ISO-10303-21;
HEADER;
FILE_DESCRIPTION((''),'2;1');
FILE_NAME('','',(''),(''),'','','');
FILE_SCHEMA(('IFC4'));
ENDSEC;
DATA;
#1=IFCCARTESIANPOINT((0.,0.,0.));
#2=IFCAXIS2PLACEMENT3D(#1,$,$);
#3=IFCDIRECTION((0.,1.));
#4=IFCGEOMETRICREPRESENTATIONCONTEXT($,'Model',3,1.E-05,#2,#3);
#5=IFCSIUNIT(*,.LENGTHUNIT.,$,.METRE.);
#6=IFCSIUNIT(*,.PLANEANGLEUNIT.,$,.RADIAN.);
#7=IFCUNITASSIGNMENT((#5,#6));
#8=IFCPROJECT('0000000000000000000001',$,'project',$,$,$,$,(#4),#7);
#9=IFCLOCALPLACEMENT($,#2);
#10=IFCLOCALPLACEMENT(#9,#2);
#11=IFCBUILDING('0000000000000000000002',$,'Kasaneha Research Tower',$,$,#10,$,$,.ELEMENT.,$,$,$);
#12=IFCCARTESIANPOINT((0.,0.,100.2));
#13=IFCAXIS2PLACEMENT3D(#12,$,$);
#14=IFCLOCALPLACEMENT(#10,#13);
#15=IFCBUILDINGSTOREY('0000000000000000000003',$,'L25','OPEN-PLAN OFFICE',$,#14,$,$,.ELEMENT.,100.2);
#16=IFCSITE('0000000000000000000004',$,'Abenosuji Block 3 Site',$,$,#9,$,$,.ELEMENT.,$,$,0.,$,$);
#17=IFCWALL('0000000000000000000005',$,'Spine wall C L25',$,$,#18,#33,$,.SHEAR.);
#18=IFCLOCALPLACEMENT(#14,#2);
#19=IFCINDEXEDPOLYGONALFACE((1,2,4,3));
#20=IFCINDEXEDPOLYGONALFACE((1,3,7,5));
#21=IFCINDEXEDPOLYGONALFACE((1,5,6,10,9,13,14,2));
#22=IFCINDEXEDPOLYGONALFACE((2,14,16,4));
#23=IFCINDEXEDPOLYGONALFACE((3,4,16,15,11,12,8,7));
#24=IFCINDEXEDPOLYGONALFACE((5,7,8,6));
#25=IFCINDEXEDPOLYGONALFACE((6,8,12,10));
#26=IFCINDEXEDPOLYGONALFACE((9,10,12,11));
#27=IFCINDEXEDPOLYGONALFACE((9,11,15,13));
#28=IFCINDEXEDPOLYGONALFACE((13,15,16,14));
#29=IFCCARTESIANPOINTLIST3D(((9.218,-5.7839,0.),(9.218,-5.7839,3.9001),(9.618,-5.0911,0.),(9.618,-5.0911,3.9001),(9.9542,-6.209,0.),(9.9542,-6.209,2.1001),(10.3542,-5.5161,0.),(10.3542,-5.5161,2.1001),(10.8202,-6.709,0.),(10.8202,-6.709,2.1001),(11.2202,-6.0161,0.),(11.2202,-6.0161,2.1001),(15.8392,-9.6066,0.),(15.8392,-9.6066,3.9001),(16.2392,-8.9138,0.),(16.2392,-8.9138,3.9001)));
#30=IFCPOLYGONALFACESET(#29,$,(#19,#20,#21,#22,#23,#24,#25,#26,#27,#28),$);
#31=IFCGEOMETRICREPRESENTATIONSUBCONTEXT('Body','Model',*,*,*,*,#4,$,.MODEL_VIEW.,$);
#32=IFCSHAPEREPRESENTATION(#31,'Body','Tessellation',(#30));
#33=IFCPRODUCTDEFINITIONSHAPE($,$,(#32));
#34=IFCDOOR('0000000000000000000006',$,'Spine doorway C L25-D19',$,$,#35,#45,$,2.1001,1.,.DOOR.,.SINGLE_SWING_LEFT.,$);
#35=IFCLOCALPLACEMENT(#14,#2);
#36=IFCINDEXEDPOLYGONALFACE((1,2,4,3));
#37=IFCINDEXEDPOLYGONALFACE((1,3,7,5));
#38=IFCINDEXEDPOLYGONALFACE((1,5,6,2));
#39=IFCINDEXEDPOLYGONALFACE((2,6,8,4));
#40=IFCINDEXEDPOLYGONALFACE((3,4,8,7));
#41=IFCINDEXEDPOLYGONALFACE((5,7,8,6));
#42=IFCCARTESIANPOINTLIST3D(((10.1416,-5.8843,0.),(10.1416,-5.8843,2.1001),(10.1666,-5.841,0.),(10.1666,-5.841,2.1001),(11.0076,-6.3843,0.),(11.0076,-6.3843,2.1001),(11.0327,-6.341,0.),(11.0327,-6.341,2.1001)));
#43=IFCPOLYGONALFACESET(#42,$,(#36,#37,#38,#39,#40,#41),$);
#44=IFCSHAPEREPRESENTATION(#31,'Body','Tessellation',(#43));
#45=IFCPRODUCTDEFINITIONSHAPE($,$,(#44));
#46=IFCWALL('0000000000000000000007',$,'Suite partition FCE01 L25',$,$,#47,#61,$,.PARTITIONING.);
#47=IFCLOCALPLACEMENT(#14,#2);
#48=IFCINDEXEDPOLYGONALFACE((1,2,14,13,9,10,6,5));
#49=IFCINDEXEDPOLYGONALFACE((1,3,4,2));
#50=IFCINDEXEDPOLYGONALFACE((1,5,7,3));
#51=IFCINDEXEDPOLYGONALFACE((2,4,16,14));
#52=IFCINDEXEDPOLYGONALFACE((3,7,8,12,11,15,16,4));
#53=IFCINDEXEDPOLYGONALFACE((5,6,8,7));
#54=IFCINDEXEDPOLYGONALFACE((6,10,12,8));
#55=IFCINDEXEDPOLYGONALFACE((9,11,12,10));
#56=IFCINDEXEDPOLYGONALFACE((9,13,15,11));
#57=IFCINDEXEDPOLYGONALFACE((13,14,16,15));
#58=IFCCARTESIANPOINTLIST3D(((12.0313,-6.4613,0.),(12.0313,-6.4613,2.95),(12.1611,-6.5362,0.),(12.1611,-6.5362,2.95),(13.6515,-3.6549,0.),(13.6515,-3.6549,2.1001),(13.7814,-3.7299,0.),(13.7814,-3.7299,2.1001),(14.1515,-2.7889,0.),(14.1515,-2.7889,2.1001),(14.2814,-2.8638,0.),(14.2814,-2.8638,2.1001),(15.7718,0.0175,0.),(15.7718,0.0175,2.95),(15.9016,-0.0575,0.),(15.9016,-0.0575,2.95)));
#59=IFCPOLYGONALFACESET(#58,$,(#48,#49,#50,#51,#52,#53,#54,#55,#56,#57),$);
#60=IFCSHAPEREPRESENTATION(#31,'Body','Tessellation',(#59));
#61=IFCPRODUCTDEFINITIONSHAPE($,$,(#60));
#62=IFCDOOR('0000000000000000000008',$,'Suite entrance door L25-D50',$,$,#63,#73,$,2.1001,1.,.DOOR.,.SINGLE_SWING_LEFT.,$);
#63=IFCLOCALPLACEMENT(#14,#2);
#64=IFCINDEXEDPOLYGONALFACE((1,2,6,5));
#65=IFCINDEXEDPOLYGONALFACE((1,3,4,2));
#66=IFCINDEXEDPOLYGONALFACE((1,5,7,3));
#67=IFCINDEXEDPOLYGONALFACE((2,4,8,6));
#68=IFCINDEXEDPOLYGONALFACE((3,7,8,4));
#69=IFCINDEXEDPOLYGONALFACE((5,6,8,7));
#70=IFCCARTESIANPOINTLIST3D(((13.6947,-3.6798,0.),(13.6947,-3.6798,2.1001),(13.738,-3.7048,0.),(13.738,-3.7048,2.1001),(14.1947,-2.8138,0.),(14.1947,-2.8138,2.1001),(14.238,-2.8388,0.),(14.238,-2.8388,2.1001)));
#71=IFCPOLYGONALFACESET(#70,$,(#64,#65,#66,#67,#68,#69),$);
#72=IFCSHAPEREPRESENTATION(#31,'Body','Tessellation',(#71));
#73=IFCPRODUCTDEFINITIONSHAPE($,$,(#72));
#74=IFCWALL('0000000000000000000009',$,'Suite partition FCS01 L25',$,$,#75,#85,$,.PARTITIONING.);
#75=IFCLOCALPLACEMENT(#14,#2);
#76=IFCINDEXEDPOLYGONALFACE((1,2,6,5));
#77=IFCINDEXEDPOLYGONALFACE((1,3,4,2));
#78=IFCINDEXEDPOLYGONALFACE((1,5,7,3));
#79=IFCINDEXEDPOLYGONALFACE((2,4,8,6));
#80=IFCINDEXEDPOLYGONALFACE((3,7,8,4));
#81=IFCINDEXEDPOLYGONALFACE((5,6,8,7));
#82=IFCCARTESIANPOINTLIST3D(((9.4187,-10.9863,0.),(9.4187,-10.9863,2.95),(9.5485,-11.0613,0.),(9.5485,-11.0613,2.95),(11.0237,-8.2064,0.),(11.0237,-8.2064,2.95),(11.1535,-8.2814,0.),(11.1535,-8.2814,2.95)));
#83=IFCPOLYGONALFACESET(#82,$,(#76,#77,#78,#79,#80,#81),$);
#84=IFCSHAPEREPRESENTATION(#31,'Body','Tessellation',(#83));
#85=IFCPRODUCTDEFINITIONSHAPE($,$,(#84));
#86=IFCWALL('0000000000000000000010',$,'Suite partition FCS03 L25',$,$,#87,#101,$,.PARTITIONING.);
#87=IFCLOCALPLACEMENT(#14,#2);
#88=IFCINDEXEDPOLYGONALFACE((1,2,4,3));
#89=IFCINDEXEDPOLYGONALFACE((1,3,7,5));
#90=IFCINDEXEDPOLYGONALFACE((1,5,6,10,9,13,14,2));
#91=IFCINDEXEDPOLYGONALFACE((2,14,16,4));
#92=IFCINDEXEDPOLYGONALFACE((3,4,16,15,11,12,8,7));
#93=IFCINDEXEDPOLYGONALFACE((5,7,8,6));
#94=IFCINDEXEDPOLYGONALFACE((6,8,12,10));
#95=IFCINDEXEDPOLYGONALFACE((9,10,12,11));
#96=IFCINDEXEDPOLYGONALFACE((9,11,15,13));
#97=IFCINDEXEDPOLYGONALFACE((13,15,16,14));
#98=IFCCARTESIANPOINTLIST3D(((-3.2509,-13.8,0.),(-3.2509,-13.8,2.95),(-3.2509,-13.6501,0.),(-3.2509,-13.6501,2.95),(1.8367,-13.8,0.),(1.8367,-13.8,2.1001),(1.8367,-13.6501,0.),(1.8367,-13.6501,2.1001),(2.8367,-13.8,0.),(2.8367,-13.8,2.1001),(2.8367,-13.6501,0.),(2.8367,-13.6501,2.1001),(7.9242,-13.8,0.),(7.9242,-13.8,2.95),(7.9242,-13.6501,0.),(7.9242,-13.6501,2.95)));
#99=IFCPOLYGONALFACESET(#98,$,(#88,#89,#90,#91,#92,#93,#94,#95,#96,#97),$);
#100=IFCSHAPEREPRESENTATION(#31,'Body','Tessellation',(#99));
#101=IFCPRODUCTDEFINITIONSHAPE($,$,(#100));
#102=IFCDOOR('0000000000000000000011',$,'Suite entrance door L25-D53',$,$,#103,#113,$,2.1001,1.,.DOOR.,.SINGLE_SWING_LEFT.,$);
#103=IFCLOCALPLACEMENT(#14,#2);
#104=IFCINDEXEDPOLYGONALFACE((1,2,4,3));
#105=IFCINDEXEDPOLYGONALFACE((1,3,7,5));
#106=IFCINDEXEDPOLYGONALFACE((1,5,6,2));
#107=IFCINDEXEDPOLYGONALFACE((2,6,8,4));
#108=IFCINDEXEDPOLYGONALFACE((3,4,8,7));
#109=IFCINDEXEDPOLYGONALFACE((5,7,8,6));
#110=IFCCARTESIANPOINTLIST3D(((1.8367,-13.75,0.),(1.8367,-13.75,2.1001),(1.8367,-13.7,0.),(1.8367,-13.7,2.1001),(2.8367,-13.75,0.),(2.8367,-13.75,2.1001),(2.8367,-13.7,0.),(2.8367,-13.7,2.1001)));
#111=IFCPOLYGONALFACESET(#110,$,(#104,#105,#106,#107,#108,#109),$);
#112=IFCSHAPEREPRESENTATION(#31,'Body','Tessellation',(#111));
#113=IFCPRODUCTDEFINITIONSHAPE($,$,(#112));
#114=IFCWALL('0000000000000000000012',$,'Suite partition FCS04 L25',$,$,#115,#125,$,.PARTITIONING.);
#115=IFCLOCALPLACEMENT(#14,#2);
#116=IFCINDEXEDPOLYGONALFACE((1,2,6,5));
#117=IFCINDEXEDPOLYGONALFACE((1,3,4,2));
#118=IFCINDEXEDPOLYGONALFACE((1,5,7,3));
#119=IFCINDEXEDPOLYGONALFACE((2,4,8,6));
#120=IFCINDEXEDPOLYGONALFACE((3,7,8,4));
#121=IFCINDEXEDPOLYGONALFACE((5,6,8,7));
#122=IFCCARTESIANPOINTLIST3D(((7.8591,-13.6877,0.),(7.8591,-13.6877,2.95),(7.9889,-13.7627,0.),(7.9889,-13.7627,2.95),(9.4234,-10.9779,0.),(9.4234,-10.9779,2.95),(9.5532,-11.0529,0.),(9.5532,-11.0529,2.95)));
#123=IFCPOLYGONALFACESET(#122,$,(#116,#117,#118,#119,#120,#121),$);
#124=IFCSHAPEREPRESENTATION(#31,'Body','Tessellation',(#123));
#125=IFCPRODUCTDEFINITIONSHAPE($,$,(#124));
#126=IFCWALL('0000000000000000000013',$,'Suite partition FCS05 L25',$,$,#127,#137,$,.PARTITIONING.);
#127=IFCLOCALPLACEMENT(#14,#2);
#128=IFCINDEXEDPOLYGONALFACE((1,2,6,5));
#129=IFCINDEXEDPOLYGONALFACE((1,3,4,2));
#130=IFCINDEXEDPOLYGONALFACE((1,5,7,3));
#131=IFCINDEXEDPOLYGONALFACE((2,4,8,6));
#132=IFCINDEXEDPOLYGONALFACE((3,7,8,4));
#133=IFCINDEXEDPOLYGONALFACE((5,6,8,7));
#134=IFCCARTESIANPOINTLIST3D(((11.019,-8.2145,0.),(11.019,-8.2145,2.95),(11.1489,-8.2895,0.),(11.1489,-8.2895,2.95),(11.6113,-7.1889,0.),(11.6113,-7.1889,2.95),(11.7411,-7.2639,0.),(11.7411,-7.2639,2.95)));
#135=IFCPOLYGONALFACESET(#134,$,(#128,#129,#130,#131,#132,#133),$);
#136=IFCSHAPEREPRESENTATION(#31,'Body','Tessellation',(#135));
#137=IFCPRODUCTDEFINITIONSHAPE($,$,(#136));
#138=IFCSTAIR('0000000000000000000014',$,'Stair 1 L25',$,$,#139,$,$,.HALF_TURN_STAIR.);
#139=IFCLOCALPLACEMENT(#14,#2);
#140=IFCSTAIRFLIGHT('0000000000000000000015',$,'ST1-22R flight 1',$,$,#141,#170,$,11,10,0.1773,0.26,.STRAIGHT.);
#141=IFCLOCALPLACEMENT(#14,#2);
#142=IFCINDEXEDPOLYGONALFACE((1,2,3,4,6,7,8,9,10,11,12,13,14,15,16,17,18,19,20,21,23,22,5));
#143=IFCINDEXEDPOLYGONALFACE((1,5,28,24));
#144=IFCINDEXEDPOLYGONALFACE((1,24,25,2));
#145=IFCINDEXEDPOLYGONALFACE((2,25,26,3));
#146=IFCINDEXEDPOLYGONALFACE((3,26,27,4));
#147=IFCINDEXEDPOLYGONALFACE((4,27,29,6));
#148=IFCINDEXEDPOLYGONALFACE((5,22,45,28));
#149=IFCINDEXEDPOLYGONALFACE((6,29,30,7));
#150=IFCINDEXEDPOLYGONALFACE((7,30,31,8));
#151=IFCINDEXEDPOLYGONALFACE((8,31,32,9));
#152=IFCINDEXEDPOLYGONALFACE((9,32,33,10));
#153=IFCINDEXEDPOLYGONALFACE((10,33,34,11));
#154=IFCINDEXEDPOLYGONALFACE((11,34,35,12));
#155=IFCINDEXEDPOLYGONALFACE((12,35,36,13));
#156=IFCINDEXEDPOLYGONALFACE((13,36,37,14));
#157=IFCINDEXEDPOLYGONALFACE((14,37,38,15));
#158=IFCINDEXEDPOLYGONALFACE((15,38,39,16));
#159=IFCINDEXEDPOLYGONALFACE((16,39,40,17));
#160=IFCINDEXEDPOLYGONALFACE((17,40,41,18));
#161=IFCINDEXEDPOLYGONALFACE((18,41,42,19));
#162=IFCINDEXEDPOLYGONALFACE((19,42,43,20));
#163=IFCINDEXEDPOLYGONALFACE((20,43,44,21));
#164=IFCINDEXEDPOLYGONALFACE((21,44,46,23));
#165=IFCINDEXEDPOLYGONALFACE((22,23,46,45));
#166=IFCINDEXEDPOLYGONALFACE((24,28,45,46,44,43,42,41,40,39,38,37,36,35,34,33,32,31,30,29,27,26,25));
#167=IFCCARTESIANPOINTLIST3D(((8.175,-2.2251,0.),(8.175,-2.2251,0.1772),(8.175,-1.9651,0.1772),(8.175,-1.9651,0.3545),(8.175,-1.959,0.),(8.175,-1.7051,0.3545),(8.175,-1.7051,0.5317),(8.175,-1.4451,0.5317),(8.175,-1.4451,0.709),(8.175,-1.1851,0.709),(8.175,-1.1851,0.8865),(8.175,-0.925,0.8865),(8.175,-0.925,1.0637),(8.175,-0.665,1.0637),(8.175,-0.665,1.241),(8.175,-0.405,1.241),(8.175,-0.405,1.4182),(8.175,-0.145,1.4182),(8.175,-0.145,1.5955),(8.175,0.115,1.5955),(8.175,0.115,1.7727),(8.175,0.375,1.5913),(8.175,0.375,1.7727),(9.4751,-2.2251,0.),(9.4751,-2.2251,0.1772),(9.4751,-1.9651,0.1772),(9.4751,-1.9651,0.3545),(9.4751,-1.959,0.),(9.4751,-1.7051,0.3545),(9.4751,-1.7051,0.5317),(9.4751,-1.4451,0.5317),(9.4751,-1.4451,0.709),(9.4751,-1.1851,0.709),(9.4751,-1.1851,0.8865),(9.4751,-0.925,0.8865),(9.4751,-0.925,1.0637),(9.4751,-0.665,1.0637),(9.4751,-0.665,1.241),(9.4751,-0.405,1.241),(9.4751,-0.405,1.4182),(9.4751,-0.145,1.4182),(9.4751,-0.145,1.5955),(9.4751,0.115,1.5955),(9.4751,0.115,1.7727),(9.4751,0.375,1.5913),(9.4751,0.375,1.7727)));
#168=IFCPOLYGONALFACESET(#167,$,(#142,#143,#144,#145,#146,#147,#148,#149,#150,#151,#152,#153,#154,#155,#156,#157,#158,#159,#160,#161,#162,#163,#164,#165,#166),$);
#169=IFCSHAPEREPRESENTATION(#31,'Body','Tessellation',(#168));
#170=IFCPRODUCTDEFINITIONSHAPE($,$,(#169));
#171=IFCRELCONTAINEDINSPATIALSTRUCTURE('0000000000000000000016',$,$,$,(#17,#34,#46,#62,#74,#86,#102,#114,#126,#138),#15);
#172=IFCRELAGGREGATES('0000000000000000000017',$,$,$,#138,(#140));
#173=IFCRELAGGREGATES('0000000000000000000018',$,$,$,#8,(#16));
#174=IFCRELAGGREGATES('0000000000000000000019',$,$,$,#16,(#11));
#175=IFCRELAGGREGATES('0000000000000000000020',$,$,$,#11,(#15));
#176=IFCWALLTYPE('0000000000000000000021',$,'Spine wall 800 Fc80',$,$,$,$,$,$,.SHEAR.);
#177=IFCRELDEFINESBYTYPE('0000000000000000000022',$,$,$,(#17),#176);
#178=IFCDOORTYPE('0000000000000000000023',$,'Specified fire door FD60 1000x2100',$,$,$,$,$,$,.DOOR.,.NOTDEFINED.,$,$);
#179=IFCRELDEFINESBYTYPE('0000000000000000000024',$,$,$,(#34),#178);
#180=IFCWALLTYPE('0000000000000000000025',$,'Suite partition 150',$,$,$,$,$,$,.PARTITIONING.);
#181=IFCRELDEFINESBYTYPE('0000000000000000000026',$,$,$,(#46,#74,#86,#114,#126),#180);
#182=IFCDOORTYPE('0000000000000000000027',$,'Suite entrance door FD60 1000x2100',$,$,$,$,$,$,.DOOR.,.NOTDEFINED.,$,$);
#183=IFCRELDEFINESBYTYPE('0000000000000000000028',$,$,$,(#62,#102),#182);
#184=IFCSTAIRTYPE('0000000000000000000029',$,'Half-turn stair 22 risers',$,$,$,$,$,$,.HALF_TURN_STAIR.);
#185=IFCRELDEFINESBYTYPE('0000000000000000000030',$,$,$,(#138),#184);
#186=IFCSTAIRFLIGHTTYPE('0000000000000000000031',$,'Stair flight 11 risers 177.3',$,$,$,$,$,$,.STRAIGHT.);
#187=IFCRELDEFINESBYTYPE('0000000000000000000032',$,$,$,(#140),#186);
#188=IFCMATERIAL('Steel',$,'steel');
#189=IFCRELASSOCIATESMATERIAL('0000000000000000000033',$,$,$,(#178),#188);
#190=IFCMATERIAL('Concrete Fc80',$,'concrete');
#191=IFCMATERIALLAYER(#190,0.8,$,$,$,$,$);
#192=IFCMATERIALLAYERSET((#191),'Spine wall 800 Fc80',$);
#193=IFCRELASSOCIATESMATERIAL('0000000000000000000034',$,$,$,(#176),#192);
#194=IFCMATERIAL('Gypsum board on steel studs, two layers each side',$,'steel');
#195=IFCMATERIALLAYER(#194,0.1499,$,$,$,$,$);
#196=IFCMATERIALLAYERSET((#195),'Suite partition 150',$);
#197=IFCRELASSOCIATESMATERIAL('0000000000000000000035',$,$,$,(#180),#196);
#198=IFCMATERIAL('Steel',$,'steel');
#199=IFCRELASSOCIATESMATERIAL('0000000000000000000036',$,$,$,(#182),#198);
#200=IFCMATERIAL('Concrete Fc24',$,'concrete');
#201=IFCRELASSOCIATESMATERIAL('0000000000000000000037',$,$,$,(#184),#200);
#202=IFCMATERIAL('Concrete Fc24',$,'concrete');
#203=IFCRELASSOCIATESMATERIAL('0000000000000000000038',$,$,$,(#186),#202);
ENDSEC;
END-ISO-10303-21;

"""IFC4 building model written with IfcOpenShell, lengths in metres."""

from ifc_helpers import new_model, si_unit, direction, frame, frame_2d, origin, place, context, subcontext, project, spatial, polyline, rectangle, outline, extrude, material, layer, layer_set, type_object, element, fill, aggregate, save


model = new_model("IFC4")

# Units and contexts
model_context = context("Model", 3, precision=1e-05, world=origin(), true_north=direction((0.0, 1.0)))
body_context = subcontext(model_context, "Body", "Model", "MODEL_VIEW")
ifc_project = project(units=[si_unit("LENGTHUNIT", "METRE"), si_unit("PLANEANGLEUNIT", "RADIAN")], contexts=[model_context])

# Site, building, storey
site_placement = place(None, origin())
site = spatial("IfcSite", under=ifc_project, at=site_placement, Name="Abenosuji Block 3 Site", CompositionType="ELEMENT", RefElevation=0.0)
building_placement = place(site_placement, origin())
building = spatial("IfcBuilding", under=site, at=building_placement, Name="Kasaneha Research Tower", CompositionType="ELEMENT")
storey_placement = place(building_placement, frame((0.0, 0.0, 100.2)))
storey = spatial("IfcBuildingStorey", under=building, at=storey_placement, Name="L25", Description="OPEN-PLAN OFFICE", CompositionType="ELEMENT", Elevation=100.2)

# Shared definitions
ifc_material_1 = material(Name="Steel", Category="steel")
door_type_1 = type_object("IfcDoorType", Name="Specified fire door FD60 1000x2100", OperationType="NOTDEFINED", PredefinedType="DOOR", material=ifc_material_1)

# Walls, openings, doors
ifc_material_2 = material(Name="Concrete Fc80", Category="concrete")
ifc_layer_1 = layer(ifc_material_2, 0.8)
ifc_layer_set_1 = layer_set([ifc_layer_1], Name="Spine wall 800 Fc80")
wall_type_1 = type_object("IfcWallType", Name="Spine wall 800 Fc80", PredefinedType="SHEAR", material=ifc_layer_set_1)
wall_1_placement = place(storey_placement, frame((9.418, -5.4375, 0.0), z_axis=(0.0, 0.0, 1.0), x_axis=(0.86603, -0.499992, 0.0)))
wall_1 = element("IfcWall", 1, at=wall_1_placement, inside=storey, type_object=wall_type_1, Name="Spine wall C L25", PredefinedType="SHEAR", context=body_context, shape_type="SweptSolid", body=[
    extrude(rectangle(XDim=7.6455, YDim=0.8, at=frame_2d((3.8228, 0.0))), origin(), (0.0, 0.0, 1.0), 3.9001),
])
opening_1_placement = place(wall_1_placement, frame((0.8501, 0.0, 0.0)))
opening_1 = element("IfcOpeningElement", 2, at=opening_1_placement, cuts=wall_1, PredefinedType="OPENING", context=body_context, shape_type="SweptSolid", body=[
    extrude(rectangle(XDim=1.0, YDim=2.1001, at=frame_2d((0.5, 1.05))), frame((0.0, 0.4102, 0.0), z_axis=(0.0, -1.0, 0.0), x_axis=(1.0, 0.0, 0.0)), (0.0, 0.0, 1.0), 0.8201),
])
door_1_placement = place(opening_1_placement, origin())
door_1 = element("IfcDoor", 3, at=door_1_placement, inside=storey, type_object=door_type_1, Name="Spine doorway C L25-D19", OperationType="SINGLE_SWING_LEFT", OverallHeight=2.1001, OverallWidth=1.0, PredefinedType="DOOR", context=body_context, shape_type="SweptSolid", body=[
    extrude(rectangle(XDim=1.0, YDim=2.1001, at=frame_2d((0.5, 1.05))), frame((0.0, 0.0249, 0.0), z_axis=(0.0, -1.0, 0.0), x_axis=(1.0, 0.0, 0.0)), (0.0, 0.0, 1.0), 0.05),
])
fill(opening_1, door_1)
ifc_material_3 = material(Name="Gypsum board on steel studs, two layers each side", Category="steel")
ifc_layer_2 = layer(ifc_material_3, 0.1499)
ifc_layer_set_2 = layer_set([ifc_layer_2], Name="Suite partition 150")
wall_type_2 = type_object("IfcWallType", Name="Suite partition 150", PredefinedType="PARTITIONING", material=ifc_layer_set_2)
wall_2_placement = place(storey_placement, frame((15.8367, -0.02, 0.0), z_axis=(0.0, 0.0, 1.0), x_axis=(-0.499996, -0.866027, 0.0)))
wall_2 = element("IfcWall", 4, at=wall_2_placement, inside=storey, type_object=wall_type_2, Name="Suite partition FCE01 L25", PredefinedType="PARTITIONING", context=body_context, shape_type="SweptSolid", body=[
    extrude(rectangle(XDim=7.481, YDim=0.1499, at=frame_2d((3.7405, 0.0))), origin(), (0.0, 0.0, 1.0), 2.95),
])
opening_2_placement = place(wall_2_placement, frame((3.2405, 0.0, 0.0)))
opening_2 = element("IfcOpeningElement", 5, at=opening_2_placement, cuts=wall_2, PredefinedType="OPENING", context=body_context, shape_type="SweptSolid", body=[
    extrude(rectangle(XDim=1.0, YDim=2.1001, at=frame_2d((0.5, 1.05))), frame((0.0, 0.085, 0.0), z_axis=(0.0, -1.0, 0.0), x_axis=(1.0, 0.0, 0.0)), (0.0, 0.0, 1.0), 0.1699),
])
ifc_material_4 = material(Name="Steel", Category="steel")
door_type_2 = type_object("IfcDoorType", Name="Suite entrance door FD60 1000x2100", OperationType="NOTDEFINED", PredefinedType="DOOR", material=ifc_material_4)
door_2_placement = place(opening_2_placement, origin())
door_2 = element("IfcDoor", 6, at=door_2_placement, inside=storey, type_object=door_type_2, Name="Suite entrance door L25-D50", OperationType="SINGLE_SWING_LEFT", OverallHeight=2.1001, OverallWidth=1.0, PredefinedType="DOOR", context=body_context, shape_type="SweptSolid", body=[
    extrude(rectangle(XDim=1.0, YDim=2.1001, at=frame_2d((0.5, 1.05))), frame((0.0, 0.0249, 0.0), z_axis=(0.0, -1.0, 0.0), x_axis=(1.0, 0.0, 0.0)), (0.0, 0.0, 1.0), 0.05),
])
fill(opening_2, door_2)

# Wall
wall_3_placement = place(storey_placement, frame((11.0886, -8.2439, 0.0), z_axis=(0.0, 0.0, 1.0), x_axis=(-0.500017, -0.866016, 0.0)))
element("IfcWall", 7, at=wall_3_placement, inside=storey, type_object=wall_type_2, Name="Suite partition FCS01 L25", PredefinedType="PARTITIONING", context=body_context, shape_type="SweptSolid", body=[
    extrude(rectangle(XDim=3.21, YDim=0.1499, at=frame_2d((1.605, 0.0))), origin(), (0.0, 0.0, 1.0), 2.95),
])

# Wall, opening, door
wall_4_placement = place(storey_placement, frame((7.9241, -13.7251, 0.0), z_axis=(0.0, 0.0, 1.0), x_axis=(-1.0, 0.0, 0.0)))
wall_4 = element("IfcWall", 8, at=wall_4_placement, inside=storey, type_object=wall_type_2, Name="Suite partition FCS03 L25", PredefinedType="PARTITIONING", context=body_context, shape_type="SweptSolid", body=[
    extrude(rectangle(XDim=11.175, YDim=0.1499, at=frame_2d((5.5874, 0.0))), origin(), (0.0, 0.0, 1.0), 2.95),
])
opening_3_placement = place(wall_4_placement, frame((5.0874, 0.0, 0.0)))
opening_3 = element("IfcOpeningElement", 9, at=opening_3_placement, cuts=wall_4, PredefinedType="OPENING", context=body_context, shape_type="SweptSolid", body=[
    extrude(rectangle(XDim=1.0, YDim=2.1001, at=frame_2d((0.5, 1.05))), frame((0.0, 0.085, 0.0), z_axis=(0.0, -1.0, 0.0), x_axis=(1.0, 0.0, 0.0)), (0.0, 0.0, 1.0), 0.1699),
])
door_3_placement = place(opening_3_placement, origin())
door_3 = element("IfcDoor", 10, at=door_3_placement, inside=storey, type_object=door_type_2, Name="Suite entrance door L25-D53", OperationType="SINGLE_SWING_LEFT", OverallHeight=2.1001, OverallWidth=1.0, PredefinedType="DOOR", context=body_context, shape_type="SweptSolid", body=[
    extrude(rectangle(XDim=1.0, YDim=2.1001, at=frame_2d((0.5, 1.05))), frame((0.0, 0.0249, 0.0), z_axis=(0.0, -1.0, 0.0), x_axis=(1.0, 0.0, 0.0)), (0.0, 0.0, 1.0), 0.05),
])
fill(opening_3, door_3)

# Walls
wall_5_placement = place(storey_placement, frame((9.4883, -11.0154, 0.0), z_axis=(0.0, 0.0, 1.0), x_axis=(-0.499941, -0.86606, 0.0)))
element("IfcWall", 11, at=wall_5_placement, inside=storey, type_object=wall_type_2, Name="Suite partition FCS04 L25", PredefinedType="PARTITIONING", context=body_context, shape_type="SweptSolid", body=[
    extrude(rectangle(XDim=3.1289, YDim=0.1499, at=frame_2d((1.5645, 0.0))), origin(), (0.0, 0.0, 1.0), 2.95),
])
wall_6_placement = place(storey_placement, frame((11.6763, -7.2263, 0.0), z_axis=(0.0, 0.0, 1.0), x_axis=(-0.500085, -0.865976, 0.0)))
element("IfcWall", 12, at=wall_6_placement, inside=storey, type_object=wall_type_2, Name="Suite partition FCS05 L25", PredefinedType="PARTITIONING", context=body_context, shape_type="SweptSolid", body=[
    extrude(rectangle(XDim=1.1843, YDim=0.1499, at=frame_2d((0.5923, 0.0))), origin(), (0.0, 0.0, 1.0), 2.95),
])

# Stair, stair flight
ifc_material_5 = material(Name="Concrete Fc24", Category="concrete")
stair_type = type_object("IfcStairType", Name="Half-turn stair 22 risers", PredefinedType="HALF_TURN_STAIR", material=ifc_material_5)
stair_placement = place(storey_placement, origin())
stair = element("IfcStair", 13, at=stair_placement, inside=storey, type_object=stair_type, Name="Stair 1 L25", PredefinedType="HALF_TURN_STAIR")
ifc_material_6 = material(Name="Concrete Fc24", Category="concrete")
stair_flight_type = type_object("IfcStairFlightType", Name="Stair flight 11 risers 177.3", PredefinedType="STRAIGHT", material=ifc_material_6)
stair_flight_placement = place(storey_placement, frame((8.825, -2.2251, 0.0), z_axis=(0.0, 0.0, 1.0), x_axis=(0.0, 1.0, 0.0)))
stair_flight = element("IfcStairFlight", 14, at=stair_flight_placement, type_object=stair_flight_type, Name="ST1-22R flight 1", NumberOfRisers=11, NumberOfTreads=10, PredefinedType="STRAIGHT", RiserHeight=0.1773, TreadLength=0.26, context=body_context, shape_type="SweptSolid", body=[
    extrude(outline(polyline([(0.0, 0.0), (0.0, 0.1772), (0.26, 0.1772), (0.26, 0.3545), (0.52, 0.3545), (0.52, 0.5317), (0.78, 0.5317), (0.78, 0.709), (1.04, 0.709), (1.04, 0.8865), (1.3, 0.8865), (1.3, 1.0637), (1.5601, 1.0637), (1.5601, 1.241), (1.8201, 1.241), (1.8201, 1.4182), (2.0801, 1.4182), (2.0801, 1.5955), (2.3401, 1.5955), (2.3401, 1.7727), (2.6001, 1.7727), (2.6001, 1.95), (2.6001, 1.5913), (0.2661, 0.0), (0.0, 0.0)])), frame((0.0, 0.6499, 0.0), z_axis=(0.0, -1.0, 0.0), x_axis=(1.0, 0.0, 0.0)), (0.0, 0.0, 1.0), 1.3),
])
aggregate(stair, [stair_flight])

save(model, "model.ifc")
